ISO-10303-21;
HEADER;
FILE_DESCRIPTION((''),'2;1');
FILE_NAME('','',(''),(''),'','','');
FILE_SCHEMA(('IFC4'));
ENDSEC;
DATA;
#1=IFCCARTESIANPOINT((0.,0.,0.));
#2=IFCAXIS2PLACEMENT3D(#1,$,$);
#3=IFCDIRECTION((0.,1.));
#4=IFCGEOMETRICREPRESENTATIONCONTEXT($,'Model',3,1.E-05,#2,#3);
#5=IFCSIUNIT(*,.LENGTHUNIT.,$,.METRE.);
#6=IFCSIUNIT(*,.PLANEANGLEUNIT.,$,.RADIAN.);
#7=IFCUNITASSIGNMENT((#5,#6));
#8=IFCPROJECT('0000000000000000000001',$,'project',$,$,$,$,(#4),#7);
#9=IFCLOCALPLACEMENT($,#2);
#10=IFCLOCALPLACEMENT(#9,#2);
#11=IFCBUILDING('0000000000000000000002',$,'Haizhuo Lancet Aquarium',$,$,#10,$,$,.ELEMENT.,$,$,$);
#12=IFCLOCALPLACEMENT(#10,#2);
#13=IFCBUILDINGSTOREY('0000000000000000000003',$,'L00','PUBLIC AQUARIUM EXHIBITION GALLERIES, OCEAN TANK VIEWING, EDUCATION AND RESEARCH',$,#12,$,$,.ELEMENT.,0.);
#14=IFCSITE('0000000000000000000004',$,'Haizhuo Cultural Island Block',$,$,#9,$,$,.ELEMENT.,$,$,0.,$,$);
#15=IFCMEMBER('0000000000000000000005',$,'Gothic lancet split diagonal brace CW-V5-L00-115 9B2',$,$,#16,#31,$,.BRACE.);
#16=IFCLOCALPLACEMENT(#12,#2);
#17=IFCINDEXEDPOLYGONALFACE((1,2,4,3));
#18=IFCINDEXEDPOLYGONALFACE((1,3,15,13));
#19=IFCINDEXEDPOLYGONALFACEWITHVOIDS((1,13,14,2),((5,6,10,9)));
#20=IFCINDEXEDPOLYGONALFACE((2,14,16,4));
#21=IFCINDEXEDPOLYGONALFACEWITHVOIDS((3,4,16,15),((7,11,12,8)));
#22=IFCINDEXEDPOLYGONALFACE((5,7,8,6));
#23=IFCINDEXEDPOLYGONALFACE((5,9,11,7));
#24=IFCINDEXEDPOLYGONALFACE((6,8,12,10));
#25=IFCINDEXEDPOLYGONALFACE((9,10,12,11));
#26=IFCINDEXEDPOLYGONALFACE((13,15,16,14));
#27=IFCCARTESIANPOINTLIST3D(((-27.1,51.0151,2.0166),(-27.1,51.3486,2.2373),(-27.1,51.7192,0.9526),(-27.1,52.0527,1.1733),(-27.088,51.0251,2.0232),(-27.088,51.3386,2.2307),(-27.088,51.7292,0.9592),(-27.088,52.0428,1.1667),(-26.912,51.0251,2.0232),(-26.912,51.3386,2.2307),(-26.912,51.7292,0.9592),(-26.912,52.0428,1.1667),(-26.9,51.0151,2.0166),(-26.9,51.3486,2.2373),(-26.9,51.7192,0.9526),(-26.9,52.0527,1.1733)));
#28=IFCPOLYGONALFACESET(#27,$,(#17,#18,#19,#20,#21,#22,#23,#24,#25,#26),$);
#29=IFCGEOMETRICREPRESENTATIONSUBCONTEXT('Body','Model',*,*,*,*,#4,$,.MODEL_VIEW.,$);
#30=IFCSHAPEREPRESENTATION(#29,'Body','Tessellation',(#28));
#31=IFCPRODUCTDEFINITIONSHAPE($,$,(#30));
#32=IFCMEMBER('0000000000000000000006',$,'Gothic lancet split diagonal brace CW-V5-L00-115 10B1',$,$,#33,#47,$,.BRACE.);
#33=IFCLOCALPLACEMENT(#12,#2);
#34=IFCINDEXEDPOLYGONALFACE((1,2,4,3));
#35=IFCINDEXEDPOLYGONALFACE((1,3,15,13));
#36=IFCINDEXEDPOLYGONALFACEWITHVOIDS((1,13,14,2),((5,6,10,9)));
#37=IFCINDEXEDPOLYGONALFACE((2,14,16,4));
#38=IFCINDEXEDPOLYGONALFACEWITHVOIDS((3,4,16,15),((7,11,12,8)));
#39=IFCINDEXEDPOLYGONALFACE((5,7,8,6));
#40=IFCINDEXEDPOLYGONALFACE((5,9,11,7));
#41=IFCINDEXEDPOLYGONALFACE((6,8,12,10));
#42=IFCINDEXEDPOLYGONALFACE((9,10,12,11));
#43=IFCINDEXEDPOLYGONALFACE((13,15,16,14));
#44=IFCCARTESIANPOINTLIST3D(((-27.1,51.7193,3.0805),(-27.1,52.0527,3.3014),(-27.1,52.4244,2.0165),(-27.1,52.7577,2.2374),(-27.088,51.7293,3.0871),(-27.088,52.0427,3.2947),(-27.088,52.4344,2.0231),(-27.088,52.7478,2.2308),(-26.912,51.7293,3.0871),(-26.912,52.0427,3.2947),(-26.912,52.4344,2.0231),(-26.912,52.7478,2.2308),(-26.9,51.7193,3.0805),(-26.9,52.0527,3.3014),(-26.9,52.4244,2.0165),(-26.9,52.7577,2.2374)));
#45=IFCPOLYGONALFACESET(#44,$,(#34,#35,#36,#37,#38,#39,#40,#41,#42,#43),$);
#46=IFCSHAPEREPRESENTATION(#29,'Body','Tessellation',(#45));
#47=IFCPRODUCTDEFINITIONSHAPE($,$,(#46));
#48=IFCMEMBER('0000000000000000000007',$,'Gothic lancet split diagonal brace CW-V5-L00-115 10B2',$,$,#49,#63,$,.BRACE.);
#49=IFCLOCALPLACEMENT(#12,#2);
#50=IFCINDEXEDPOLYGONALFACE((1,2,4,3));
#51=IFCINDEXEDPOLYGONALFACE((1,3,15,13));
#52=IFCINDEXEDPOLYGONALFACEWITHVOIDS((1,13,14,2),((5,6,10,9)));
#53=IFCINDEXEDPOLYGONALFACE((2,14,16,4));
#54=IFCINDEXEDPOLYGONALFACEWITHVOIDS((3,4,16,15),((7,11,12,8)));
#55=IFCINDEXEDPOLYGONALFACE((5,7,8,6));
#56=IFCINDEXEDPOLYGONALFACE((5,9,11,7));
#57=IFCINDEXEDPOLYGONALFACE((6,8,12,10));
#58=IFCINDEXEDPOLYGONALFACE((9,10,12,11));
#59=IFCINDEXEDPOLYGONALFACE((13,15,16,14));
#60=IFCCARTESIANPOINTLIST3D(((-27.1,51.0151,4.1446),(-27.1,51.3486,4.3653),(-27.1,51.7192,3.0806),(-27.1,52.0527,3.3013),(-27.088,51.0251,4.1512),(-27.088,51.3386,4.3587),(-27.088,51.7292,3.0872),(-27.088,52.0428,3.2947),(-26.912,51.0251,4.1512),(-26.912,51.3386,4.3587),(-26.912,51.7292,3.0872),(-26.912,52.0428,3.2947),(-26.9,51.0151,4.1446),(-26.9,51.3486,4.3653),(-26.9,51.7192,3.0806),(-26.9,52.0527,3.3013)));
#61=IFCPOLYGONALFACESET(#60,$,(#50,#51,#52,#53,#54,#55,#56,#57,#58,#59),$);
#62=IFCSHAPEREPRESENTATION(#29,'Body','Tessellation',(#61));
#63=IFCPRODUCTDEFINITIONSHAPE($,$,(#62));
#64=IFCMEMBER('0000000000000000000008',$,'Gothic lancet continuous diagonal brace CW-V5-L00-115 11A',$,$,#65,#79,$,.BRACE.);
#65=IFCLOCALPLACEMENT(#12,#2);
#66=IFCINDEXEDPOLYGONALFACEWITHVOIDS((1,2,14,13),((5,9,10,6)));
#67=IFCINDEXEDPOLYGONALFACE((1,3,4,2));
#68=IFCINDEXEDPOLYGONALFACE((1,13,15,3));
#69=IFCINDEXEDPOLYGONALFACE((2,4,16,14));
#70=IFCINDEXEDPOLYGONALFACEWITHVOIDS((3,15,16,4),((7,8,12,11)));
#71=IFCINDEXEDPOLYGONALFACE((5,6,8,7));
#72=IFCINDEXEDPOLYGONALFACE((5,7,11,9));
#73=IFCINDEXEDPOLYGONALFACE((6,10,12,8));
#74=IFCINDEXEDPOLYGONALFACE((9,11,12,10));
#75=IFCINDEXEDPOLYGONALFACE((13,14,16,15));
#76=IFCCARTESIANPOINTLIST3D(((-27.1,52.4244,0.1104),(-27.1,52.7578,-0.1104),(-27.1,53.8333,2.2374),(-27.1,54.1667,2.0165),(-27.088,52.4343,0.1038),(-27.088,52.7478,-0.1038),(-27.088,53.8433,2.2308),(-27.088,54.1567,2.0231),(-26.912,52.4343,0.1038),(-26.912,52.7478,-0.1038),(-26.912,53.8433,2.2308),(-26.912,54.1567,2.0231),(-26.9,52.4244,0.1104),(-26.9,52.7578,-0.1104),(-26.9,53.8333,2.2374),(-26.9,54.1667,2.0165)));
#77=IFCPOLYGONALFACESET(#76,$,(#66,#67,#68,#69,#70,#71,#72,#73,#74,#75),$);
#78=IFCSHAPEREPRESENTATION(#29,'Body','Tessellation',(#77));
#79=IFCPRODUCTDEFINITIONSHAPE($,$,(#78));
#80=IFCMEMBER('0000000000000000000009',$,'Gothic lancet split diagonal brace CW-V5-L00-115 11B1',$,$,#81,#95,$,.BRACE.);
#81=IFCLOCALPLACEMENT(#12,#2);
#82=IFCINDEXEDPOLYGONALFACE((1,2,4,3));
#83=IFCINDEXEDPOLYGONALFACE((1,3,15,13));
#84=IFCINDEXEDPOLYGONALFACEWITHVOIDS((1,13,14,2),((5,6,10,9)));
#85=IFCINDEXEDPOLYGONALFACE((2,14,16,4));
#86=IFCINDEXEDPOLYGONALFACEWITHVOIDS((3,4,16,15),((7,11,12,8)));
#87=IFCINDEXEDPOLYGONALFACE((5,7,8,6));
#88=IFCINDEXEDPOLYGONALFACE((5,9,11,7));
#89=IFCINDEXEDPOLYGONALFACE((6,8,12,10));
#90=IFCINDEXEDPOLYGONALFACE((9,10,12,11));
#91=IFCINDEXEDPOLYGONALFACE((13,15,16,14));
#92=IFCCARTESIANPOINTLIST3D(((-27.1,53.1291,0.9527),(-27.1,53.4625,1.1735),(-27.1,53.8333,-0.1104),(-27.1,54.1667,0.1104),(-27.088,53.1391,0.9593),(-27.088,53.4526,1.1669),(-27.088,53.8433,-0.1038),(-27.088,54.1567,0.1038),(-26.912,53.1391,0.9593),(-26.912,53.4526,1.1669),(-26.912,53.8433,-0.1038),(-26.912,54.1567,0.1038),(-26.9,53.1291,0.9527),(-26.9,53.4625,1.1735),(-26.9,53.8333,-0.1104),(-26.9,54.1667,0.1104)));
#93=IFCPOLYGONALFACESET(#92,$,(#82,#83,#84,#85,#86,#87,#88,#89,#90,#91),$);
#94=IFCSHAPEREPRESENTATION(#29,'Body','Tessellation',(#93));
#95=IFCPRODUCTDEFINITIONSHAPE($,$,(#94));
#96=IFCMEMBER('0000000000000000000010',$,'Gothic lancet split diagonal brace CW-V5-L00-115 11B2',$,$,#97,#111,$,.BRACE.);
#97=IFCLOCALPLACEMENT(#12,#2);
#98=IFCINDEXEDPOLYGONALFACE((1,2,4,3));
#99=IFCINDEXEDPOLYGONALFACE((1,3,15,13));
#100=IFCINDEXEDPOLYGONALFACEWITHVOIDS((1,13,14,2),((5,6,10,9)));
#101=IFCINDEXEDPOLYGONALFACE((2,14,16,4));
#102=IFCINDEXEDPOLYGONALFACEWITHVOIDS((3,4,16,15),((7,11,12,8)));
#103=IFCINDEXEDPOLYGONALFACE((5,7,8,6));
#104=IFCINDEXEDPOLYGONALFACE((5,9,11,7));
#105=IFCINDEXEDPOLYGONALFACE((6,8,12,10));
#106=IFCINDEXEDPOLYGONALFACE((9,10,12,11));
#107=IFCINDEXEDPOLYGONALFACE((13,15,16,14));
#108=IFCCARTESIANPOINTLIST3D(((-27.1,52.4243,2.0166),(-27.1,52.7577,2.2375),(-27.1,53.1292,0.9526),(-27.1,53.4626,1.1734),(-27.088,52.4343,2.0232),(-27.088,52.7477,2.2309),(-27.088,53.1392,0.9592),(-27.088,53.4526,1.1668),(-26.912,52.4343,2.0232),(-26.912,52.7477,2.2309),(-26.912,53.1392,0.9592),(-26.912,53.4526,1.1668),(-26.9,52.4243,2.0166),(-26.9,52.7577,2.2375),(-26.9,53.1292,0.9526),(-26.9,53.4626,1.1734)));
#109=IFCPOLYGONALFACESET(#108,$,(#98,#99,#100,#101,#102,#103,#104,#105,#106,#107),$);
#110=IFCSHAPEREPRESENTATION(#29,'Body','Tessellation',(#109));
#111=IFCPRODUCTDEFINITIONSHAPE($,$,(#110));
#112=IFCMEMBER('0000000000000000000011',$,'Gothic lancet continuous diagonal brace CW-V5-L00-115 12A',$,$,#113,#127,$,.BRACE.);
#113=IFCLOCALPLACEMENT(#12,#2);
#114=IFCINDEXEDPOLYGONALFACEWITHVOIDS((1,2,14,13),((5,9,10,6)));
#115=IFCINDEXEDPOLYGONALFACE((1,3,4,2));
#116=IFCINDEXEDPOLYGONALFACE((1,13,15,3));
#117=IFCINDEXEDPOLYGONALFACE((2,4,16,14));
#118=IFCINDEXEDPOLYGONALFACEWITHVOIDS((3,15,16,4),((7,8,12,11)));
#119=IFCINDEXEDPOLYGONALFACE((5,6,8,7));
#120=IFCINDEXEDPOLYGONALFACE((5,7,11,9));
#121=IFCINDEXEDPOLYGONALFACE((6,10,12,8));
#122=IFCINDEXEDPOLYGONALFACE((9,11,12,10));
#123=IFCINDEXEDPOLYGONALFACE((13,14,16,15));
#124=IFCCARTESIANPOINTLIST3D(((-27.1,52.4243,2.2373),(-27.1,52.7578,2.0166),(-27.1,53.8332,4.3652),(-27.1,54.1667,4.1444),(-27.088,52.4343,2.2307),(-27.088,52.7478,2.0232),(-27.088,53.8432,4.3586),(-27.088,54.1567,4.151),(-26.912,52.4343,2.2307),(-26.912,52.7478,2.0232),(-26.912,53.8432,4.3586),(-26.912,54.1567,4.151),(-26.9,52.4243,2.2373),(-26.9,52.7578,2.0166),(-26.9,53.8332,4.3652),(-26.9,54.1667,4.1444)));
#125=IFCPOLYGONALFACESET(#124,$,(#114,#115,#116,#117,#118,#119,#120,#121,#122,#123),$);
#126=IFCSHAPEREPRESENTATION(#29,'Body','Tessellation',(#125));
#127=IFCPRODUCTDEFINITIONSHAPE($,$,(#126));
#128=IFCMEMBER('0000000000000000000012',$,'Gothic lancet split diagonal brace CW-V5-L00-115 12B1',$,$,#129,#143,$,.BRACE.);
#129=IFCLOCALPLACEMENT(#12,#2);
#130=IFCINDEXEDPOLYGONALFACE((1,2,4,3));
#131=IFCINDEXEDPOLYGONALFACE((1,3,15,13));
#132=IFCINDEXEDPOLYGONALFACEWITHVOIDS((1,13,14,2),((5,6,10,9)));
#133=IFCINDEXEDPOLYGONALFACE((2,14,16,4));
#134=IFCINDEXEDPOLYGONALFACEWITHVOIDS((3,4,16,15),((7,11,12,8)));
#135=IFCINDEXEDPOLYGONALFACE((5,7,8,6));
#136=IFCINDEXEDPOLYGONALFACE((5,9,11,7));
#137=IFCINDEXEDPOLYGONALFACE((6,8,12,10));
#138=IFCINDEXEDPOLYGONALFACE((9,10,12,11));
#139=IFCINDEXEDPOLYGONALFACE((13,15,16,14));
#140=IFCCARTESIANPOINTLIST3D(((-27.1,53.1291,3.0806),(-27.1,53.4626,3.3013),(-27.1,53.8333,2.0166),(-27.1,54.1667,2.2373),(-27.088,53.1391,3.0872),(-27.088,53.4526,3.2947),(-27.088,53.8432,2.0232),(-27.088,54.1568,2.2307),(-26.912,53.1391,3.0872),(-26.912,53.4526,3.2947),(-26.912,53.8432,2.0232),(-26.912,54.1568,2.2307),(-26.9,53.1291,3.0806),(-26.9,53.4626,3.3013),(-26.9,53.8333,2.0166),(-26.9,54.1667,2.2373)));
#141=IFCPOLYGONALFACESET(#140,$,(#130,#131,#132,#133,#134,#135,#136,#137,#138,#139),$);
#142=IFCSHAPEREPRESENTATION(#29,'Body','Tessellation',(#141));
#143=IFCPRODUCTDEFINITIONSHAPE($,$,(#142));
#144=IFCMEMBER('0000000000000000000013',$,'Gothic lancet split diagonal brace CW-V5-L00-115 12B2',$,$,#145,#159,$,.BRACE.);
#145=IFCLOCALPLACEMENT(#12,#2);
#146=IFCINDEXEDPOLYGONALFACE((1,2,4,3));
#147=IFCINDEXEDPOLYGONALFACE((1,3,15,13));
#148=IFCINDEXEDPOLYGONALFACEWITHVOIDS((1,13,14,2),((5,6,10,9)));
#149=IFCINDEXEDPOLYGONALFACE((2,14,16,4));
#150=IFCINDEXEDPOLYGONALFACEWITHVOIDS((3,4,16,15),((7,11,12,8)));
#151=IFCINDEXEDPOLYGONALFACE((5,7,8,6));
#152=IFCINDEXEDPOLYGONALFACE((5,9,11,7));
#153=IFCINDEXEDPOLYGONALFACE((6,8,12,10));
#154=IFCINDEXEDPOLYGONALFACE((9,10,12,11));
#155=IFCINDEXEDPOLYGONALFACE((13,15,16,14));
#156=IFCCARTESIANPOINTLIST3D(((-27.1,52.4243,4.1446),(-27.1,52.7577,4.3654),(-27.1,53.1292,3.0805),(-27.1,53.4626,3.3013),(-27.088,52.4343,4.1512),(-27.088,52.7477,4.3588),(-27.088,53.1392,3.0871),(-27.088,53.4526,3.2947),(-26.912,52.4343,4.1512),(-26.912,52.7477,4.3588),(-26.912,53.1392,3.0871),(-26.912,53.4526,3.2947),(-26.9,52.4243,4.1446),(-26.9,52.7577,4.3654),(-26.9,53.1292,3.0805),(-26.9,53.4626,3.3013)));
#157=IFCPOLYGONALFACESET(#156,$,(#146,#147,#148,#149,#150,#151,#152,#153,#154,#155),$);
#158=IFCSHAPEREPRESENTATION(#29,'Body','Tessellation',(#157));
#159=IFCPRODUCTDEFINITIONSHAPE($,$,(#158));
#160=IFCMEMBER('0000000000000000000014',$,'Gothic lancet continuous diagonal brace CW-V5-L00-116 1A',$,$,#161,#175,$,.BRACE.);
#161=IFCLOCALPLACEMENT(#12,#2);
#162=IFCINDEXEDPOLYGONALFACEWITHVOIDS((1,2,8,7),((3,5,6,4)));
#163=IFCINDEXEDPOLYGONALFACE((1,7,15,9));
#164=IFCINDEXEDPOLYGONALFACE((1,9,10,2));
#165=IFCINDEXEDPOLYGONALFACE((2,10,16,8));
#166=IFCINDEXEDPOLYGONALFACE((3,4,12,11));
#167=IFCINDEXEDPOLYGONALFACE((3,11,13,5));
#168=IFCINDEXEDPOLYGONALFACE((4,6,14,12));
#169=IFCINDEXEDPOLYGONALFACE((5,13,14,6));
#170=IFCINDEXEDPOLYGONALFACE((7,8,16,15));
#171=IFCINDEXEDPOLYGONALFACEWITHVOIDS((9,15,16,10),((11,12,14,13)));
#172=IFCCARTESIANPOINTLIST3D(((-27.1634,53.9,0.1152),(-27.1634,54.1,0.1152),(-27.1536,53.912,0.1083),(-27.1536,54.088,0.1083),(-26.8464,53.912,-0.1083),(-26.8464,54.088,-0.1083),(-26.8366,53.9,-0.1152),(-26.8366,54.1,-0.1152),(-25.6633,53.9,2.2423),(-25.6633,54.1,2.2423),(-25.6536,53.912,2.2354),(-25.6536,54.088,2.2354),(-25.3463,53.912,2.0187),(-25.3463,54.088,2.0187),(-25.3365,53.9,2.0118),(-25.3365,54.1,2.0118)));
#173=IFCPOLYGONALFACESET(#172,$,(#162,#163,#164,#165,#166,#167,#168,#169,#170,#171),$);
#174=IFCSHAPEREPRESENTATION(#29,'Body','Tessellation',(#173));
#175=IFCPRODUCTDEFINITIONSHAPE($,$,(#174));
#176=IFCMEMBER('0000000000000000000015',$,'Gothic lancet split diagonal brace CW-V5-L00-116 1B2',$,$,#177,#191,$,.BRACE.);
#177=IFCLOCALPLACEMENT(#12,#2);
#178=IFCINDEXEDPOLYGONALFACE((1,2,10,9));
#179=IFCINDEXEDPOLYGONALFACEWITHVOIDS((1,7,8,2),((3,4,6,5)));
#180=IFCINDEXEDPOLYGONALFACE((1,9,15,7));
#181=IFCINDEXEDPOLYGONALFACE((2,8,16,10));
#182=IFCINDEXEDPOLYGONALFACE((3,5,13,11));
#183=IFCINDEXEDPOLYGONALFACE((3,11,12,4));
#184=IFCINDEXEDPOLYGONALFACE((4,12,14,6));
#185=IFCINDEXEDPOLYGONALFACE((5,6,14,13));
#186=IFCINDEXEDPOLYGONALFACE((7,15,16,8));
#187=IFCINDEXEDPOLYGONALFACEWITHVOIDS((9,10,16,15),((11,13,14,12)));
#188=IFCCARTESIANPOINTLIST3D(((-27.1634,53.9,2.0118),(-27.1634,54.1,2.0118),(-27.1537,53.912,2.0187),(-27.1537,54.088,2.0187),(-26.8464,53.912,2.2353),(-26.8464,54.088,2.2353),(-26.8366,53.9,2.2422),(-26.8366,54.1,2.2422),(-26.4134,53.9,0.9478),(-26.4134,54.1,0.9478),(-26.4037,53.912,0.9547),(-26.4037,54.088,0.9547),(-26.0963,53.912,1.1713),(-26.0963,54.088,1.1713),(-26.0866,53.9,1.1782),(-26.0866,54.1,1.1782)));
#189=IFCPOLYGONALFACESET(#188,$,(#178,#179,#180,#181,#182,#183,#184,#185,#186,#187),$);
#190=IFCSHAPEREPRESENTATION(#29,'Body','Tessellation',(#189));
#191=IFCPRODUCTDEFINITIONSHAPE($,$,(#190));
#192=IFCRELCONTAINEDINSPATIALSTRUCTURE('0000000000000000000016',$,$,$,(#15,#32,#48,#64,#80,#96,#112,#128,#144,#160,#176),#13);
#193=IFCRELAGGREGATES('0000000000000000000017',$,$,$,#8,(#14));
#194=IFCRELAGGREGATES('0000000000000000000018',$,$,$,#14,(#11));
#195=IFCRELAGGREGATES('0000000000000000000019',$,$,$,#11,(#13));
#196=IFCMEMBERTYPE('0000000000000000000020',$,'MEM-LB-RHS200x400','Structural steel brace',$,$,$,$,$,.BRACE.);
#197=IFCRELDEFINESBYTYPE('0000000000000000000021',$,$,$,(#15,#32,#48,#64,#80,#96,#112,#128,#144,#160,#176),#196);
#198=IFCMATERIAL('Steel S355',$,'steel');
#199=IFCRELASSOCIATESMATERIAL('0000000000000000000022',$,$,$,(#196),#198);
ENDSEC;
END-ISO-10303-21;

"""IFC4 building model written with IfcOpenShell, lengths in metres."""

from ifc_helpers import new_model, si_unit, direction, frame, origin, origin_2d, place, context, subcontext, project, spatial, hollow_rectangle, extrude, material, material_profile, profile_set, type_object, element, save


model = new_model("IFC4")

# Units and contexts
model_context = context("Model", 3, precision=1e-05, world=origin(), true_north=direction((0.0, 1.0)))
body_context = subcontext(model_context, "Body", "Model", "MODEL_VIEW")
ifc_project = project(units=[si_unit("LENGTHUNIT", "METRE"), si_unit("PLANEANGLEUNIT", "RADIAN")], contexts=[model_context])

# Site, building, storey
site_placement = place(None, origin())
site = spatial("IfcSite", under=ifc_project, at=site_placement, Name="Haizhuo Cultural Island Block", CompositionType="ELEMENT", RefElevation=0.0)
building_placement = place(site_placement, origin())
building = spatial("IfcBuilding", under=site, at=building_placement, Name="Haizhuo Lancet Aquarium", CompositionType="ELEMENT")
storey_placement = place(building_placement, origin())
storey = spatial("IfcBuildingStorey", under=building, at=storey_placement, Name="L00", Description="PUBLIC AQUARIUM EXHIBITION GALLERIES, OCEAN TANK VIEWING, EDUCATION AND RESEARCH", CompositionType="ELEMENT", Elevation=0.0)

# Members
ifc_material_1 = material(Name="Steel S355", Category="steel")
ifc_material_profile_1 = material_profile(ifc_material_1, hollow_rectangle(XDim=0.2, YDim=0.3999, WallThickness=0.012, at=origin_2d()), Name="RHS 200x400x12")
ifc_profile_set_1 = profile_set([ifc_material_profile_1], Name="Steel S355")
member_type_1 = type_object("IfcMemberType", Name="MEM-LB-RHS200x400", Description="Structural steel brace", PredefinedType="BRACE", material=ifc_profile_set_1)
member_1_placement = place(storey_placement, frame((-27.0, 51.886, 1.063), z_axis=(0.0, -0.551871, 0.83393), x_axis=(1.0, 0.0, 0.0)))
element("IfcMember", 1, at=member_1_placement, inside=storey, type_object=member_type_1, Name="Gothic lancet split diagonal brace CW-V5-L00-115 9B2", PredefinedType="BRACE", context=body_context, shape_type="SweptSolid", body=[
    extrude(hollow_rectangle(XDim=0.2, YDim=0.3999, WallThickness=0.012, at=origin_2d()), origin(), (0.0, 0.0, 1.0), 1.2759),
])
member_2_placement = place(storey_placement, frame((-27.0, 52.5911, 2.127), z_axis=(0.0, -0.552403, 0.833577), x_axis=(1.0, 0.0, 0.0)))
element("IfcMember", 2, at=member_2_placement, inside=storey, type_object=member_type_1, Name="Gothic lancet split diagonal brace CW-V5-L00-115 10B1", PredefinedType="BRACE", context=body_context, shape_type="SweptSolid", body=[
    extrude(hollow_rectangle(XDim=0.2, YDim=0.3999, WallThickness=0.012, at=origin_2d()), origin(), (0.0, 0.0, 1.0), 1.2764),
])
member_3_placement = place(storey_placement, frame((-27.0, 51.886, 3.1909), z_axis=(0.0, -0.551871, 0.83393), x_axis=(1.0, 0.0, 0.0)))
element("IfcMember", 3, at=member_3_placement, inside=storey, type_object=member_type_1, Name="Gothic lancet split diagonal brace CW-V5-L00-115 10B2", PredefinedType="BRACE", context=body_context, shape_type="SweptSolid", body=[
    extrude(hollow_rectangle(XDim=0.2, YDim=0.3999, WallThickness=0.012, at=origin_2d()), origin(), (0.0, 0.0, 1.0), 1.2759),
])
member_4_placement = place(storey_placement, frame((-27.0, 52.5911, 0.0), z_axis=(0.0, 0.552247, 0.833681), x_axis=(-1.0, 0.0, 0.0)))
element("IfcMember", 4, at=member_4_placement, inside=storey, type_object=member_type_1, Name="Gothic lancet continuous diagonal brace CW-V5-L00-115 11A", PredefinedType="BRACE", context=body_context, shape_type="SweptSolid", body=[
    extrude(hollow_rectangle(XDim=0.2, YDim=0.3999, WallThickness=0.012, at=origin_2d()), origin(), (0.0, 0.0, 1.0), 2.5513),
])
member_5_placement = place(storey_placement, frame((-27.0, 54.0, 0.0), z_axis=(0.0, -0.552223, 0.833696), x_axis=(1.0, 0.0, 0.0)))
element("IfcMember", 5, at=member_5_placement, inside=storey, type_object=member_type_1, Name="Gothic lancet split diagonal brace CW-V5-L00-115 11B1", PredefinedType="BRACE", context=body_context, shape_type="SweptSolid", body=[
    extrude(hollow_rectangle(XDim=0.2, YDim=0.3999, WallThickness=0.012, at=origin_2d()), origin(), (0.0, 0.0, 1.0), 1.2751),
])
member_6_placement = place(storey_placement, frame((-27.0, 53.2959, 1.063), z_axis=(0.0, -0.55227, 0.833665), x_axis=(1.0, 0.0, 0.0)))
element("IfcMember", 6, at=member_6_placement, inside=storey, type_object=member_type_1, Name="Gothic lancet split diagonal brace CW-V5-L00-115 11B2", PredefinedType="BRACE", context=body_context, shape_type="SweptSolid", body=[
    extrude(hollow_rectangle(XDim=0.2, YDim=0.3999, WallThickness=0.012, at=origin_2d()), origin(), (0.0, 0.0, 1.0), 1.2764),
])
member_7_placement = place(storey_placement, frame((-27.0, 52.5911, 2.127), z_axis=(0.0, 0.55207, 0.833798), x_axis=(-1.0, 0.0, 0.0)))
element("IfcMember", 7, at=member_7_placement, inside=storey, type_object=member_type_1, Name="Gothic lancet continuous diagonal brace CW-V5-L00-115 12A", PredefinedType="BRACE", context=body_context, shape_type="SweptSolid", body=[
    extrude(hollow_rectangle(XDim=0.2, YDim=0.3999, WallThickness=0.012, at=origin_2d()), origin(), (0.0, 0.0, 1.0), 2.552),
])
member_8_placement = place(storey_placement, frame((-27.0, 54.0, 2.127), z_axis=(0.0, -0.551871, 0.83393), x_axis=(1.0, 0.0, 0.0)))
element("IfcMember", 8, at=member_8_placement, inside=storey, type_object=member_type_1, Name="Gothic lancet split diagonal brace CW-V5-L00-115 12B1", PredefinedType="BRACE", context=body_context, shape_type="SweptSolid", body=[
    extrude(hollow_rectangle(XDim=0.2, YDim=0.3999, WallThickness=0.012, at=origin_2d()), origin(), (0.0, 0.0, 1.0), 1.2759),
])
member_9_placement = place(storey_placement, frame((-27.0, 53.2959, 3.1909), z_axis=(0.0, -0.55227, 0.833665), x_axis=(1.0, 0.0, 0.0)))
element("IfcMember", 9, at=member_9_placement, inside=storey, type_object=member_type_1, Name="Gothic lancet split diagonal brace CW-V5-L00-115 12B2", PredefinedType="BRACE", context=body_context, shape_type="SweptSolid", body=[
    extrude(hollow_rectangle(XDim=0.2, YDim=0.3999, WallThickness=0.012, at=origin_2d()), origin(), (0.0, 0.0, 1.0), 1.2764),
])
member_10_placement = place(storey_placement, frame((-27.0, 54.0, 0.0), z_axis=(0.57633, 0.0, 0.817217), x_axis=(0.0, 1.0, 0.0)))
element("IfcMember", 10, at=member_10_placement, inside=storey, type_object=member_type_1, Name="Gothic lancet continuous diagonal brace CW-V5-L00-116 1A", PredefinedType="BRACE", context=body_context, shape_type="SweptSolid", body=[
    extrude(hollow_rectangle(XDim=0.2, YDim=0.3999, WallThickness=0.012, at=origin_2d()), origin(), (0.0, 0.0, 1.0), 2.6028),
])
member_11_placement = place(storey_placement, frame((-26.25, 54.0, 1.063), z_axis=(-0.576153, 0.0, 0.817342), x_axis=(0.0, -1.0, 0.0)))
element("IfcMember", 11, at=member_11_placement, inside=storey, type_object=member_type_1, Name="Gothic lancet split diagonal brace CW-V5-L00-116 1B2", PredefinedType="BRACE", context=body_context, shape_type="SweptSolid", body=[
    extrude(hollow_rectangle(XDim=0.2, YDim=0.3999, WallThickness=0.012, at=origin_2d()), origin(), (0.0, 0.0, 1.0), 1.3018),
])

save(model, "model.ifc")
